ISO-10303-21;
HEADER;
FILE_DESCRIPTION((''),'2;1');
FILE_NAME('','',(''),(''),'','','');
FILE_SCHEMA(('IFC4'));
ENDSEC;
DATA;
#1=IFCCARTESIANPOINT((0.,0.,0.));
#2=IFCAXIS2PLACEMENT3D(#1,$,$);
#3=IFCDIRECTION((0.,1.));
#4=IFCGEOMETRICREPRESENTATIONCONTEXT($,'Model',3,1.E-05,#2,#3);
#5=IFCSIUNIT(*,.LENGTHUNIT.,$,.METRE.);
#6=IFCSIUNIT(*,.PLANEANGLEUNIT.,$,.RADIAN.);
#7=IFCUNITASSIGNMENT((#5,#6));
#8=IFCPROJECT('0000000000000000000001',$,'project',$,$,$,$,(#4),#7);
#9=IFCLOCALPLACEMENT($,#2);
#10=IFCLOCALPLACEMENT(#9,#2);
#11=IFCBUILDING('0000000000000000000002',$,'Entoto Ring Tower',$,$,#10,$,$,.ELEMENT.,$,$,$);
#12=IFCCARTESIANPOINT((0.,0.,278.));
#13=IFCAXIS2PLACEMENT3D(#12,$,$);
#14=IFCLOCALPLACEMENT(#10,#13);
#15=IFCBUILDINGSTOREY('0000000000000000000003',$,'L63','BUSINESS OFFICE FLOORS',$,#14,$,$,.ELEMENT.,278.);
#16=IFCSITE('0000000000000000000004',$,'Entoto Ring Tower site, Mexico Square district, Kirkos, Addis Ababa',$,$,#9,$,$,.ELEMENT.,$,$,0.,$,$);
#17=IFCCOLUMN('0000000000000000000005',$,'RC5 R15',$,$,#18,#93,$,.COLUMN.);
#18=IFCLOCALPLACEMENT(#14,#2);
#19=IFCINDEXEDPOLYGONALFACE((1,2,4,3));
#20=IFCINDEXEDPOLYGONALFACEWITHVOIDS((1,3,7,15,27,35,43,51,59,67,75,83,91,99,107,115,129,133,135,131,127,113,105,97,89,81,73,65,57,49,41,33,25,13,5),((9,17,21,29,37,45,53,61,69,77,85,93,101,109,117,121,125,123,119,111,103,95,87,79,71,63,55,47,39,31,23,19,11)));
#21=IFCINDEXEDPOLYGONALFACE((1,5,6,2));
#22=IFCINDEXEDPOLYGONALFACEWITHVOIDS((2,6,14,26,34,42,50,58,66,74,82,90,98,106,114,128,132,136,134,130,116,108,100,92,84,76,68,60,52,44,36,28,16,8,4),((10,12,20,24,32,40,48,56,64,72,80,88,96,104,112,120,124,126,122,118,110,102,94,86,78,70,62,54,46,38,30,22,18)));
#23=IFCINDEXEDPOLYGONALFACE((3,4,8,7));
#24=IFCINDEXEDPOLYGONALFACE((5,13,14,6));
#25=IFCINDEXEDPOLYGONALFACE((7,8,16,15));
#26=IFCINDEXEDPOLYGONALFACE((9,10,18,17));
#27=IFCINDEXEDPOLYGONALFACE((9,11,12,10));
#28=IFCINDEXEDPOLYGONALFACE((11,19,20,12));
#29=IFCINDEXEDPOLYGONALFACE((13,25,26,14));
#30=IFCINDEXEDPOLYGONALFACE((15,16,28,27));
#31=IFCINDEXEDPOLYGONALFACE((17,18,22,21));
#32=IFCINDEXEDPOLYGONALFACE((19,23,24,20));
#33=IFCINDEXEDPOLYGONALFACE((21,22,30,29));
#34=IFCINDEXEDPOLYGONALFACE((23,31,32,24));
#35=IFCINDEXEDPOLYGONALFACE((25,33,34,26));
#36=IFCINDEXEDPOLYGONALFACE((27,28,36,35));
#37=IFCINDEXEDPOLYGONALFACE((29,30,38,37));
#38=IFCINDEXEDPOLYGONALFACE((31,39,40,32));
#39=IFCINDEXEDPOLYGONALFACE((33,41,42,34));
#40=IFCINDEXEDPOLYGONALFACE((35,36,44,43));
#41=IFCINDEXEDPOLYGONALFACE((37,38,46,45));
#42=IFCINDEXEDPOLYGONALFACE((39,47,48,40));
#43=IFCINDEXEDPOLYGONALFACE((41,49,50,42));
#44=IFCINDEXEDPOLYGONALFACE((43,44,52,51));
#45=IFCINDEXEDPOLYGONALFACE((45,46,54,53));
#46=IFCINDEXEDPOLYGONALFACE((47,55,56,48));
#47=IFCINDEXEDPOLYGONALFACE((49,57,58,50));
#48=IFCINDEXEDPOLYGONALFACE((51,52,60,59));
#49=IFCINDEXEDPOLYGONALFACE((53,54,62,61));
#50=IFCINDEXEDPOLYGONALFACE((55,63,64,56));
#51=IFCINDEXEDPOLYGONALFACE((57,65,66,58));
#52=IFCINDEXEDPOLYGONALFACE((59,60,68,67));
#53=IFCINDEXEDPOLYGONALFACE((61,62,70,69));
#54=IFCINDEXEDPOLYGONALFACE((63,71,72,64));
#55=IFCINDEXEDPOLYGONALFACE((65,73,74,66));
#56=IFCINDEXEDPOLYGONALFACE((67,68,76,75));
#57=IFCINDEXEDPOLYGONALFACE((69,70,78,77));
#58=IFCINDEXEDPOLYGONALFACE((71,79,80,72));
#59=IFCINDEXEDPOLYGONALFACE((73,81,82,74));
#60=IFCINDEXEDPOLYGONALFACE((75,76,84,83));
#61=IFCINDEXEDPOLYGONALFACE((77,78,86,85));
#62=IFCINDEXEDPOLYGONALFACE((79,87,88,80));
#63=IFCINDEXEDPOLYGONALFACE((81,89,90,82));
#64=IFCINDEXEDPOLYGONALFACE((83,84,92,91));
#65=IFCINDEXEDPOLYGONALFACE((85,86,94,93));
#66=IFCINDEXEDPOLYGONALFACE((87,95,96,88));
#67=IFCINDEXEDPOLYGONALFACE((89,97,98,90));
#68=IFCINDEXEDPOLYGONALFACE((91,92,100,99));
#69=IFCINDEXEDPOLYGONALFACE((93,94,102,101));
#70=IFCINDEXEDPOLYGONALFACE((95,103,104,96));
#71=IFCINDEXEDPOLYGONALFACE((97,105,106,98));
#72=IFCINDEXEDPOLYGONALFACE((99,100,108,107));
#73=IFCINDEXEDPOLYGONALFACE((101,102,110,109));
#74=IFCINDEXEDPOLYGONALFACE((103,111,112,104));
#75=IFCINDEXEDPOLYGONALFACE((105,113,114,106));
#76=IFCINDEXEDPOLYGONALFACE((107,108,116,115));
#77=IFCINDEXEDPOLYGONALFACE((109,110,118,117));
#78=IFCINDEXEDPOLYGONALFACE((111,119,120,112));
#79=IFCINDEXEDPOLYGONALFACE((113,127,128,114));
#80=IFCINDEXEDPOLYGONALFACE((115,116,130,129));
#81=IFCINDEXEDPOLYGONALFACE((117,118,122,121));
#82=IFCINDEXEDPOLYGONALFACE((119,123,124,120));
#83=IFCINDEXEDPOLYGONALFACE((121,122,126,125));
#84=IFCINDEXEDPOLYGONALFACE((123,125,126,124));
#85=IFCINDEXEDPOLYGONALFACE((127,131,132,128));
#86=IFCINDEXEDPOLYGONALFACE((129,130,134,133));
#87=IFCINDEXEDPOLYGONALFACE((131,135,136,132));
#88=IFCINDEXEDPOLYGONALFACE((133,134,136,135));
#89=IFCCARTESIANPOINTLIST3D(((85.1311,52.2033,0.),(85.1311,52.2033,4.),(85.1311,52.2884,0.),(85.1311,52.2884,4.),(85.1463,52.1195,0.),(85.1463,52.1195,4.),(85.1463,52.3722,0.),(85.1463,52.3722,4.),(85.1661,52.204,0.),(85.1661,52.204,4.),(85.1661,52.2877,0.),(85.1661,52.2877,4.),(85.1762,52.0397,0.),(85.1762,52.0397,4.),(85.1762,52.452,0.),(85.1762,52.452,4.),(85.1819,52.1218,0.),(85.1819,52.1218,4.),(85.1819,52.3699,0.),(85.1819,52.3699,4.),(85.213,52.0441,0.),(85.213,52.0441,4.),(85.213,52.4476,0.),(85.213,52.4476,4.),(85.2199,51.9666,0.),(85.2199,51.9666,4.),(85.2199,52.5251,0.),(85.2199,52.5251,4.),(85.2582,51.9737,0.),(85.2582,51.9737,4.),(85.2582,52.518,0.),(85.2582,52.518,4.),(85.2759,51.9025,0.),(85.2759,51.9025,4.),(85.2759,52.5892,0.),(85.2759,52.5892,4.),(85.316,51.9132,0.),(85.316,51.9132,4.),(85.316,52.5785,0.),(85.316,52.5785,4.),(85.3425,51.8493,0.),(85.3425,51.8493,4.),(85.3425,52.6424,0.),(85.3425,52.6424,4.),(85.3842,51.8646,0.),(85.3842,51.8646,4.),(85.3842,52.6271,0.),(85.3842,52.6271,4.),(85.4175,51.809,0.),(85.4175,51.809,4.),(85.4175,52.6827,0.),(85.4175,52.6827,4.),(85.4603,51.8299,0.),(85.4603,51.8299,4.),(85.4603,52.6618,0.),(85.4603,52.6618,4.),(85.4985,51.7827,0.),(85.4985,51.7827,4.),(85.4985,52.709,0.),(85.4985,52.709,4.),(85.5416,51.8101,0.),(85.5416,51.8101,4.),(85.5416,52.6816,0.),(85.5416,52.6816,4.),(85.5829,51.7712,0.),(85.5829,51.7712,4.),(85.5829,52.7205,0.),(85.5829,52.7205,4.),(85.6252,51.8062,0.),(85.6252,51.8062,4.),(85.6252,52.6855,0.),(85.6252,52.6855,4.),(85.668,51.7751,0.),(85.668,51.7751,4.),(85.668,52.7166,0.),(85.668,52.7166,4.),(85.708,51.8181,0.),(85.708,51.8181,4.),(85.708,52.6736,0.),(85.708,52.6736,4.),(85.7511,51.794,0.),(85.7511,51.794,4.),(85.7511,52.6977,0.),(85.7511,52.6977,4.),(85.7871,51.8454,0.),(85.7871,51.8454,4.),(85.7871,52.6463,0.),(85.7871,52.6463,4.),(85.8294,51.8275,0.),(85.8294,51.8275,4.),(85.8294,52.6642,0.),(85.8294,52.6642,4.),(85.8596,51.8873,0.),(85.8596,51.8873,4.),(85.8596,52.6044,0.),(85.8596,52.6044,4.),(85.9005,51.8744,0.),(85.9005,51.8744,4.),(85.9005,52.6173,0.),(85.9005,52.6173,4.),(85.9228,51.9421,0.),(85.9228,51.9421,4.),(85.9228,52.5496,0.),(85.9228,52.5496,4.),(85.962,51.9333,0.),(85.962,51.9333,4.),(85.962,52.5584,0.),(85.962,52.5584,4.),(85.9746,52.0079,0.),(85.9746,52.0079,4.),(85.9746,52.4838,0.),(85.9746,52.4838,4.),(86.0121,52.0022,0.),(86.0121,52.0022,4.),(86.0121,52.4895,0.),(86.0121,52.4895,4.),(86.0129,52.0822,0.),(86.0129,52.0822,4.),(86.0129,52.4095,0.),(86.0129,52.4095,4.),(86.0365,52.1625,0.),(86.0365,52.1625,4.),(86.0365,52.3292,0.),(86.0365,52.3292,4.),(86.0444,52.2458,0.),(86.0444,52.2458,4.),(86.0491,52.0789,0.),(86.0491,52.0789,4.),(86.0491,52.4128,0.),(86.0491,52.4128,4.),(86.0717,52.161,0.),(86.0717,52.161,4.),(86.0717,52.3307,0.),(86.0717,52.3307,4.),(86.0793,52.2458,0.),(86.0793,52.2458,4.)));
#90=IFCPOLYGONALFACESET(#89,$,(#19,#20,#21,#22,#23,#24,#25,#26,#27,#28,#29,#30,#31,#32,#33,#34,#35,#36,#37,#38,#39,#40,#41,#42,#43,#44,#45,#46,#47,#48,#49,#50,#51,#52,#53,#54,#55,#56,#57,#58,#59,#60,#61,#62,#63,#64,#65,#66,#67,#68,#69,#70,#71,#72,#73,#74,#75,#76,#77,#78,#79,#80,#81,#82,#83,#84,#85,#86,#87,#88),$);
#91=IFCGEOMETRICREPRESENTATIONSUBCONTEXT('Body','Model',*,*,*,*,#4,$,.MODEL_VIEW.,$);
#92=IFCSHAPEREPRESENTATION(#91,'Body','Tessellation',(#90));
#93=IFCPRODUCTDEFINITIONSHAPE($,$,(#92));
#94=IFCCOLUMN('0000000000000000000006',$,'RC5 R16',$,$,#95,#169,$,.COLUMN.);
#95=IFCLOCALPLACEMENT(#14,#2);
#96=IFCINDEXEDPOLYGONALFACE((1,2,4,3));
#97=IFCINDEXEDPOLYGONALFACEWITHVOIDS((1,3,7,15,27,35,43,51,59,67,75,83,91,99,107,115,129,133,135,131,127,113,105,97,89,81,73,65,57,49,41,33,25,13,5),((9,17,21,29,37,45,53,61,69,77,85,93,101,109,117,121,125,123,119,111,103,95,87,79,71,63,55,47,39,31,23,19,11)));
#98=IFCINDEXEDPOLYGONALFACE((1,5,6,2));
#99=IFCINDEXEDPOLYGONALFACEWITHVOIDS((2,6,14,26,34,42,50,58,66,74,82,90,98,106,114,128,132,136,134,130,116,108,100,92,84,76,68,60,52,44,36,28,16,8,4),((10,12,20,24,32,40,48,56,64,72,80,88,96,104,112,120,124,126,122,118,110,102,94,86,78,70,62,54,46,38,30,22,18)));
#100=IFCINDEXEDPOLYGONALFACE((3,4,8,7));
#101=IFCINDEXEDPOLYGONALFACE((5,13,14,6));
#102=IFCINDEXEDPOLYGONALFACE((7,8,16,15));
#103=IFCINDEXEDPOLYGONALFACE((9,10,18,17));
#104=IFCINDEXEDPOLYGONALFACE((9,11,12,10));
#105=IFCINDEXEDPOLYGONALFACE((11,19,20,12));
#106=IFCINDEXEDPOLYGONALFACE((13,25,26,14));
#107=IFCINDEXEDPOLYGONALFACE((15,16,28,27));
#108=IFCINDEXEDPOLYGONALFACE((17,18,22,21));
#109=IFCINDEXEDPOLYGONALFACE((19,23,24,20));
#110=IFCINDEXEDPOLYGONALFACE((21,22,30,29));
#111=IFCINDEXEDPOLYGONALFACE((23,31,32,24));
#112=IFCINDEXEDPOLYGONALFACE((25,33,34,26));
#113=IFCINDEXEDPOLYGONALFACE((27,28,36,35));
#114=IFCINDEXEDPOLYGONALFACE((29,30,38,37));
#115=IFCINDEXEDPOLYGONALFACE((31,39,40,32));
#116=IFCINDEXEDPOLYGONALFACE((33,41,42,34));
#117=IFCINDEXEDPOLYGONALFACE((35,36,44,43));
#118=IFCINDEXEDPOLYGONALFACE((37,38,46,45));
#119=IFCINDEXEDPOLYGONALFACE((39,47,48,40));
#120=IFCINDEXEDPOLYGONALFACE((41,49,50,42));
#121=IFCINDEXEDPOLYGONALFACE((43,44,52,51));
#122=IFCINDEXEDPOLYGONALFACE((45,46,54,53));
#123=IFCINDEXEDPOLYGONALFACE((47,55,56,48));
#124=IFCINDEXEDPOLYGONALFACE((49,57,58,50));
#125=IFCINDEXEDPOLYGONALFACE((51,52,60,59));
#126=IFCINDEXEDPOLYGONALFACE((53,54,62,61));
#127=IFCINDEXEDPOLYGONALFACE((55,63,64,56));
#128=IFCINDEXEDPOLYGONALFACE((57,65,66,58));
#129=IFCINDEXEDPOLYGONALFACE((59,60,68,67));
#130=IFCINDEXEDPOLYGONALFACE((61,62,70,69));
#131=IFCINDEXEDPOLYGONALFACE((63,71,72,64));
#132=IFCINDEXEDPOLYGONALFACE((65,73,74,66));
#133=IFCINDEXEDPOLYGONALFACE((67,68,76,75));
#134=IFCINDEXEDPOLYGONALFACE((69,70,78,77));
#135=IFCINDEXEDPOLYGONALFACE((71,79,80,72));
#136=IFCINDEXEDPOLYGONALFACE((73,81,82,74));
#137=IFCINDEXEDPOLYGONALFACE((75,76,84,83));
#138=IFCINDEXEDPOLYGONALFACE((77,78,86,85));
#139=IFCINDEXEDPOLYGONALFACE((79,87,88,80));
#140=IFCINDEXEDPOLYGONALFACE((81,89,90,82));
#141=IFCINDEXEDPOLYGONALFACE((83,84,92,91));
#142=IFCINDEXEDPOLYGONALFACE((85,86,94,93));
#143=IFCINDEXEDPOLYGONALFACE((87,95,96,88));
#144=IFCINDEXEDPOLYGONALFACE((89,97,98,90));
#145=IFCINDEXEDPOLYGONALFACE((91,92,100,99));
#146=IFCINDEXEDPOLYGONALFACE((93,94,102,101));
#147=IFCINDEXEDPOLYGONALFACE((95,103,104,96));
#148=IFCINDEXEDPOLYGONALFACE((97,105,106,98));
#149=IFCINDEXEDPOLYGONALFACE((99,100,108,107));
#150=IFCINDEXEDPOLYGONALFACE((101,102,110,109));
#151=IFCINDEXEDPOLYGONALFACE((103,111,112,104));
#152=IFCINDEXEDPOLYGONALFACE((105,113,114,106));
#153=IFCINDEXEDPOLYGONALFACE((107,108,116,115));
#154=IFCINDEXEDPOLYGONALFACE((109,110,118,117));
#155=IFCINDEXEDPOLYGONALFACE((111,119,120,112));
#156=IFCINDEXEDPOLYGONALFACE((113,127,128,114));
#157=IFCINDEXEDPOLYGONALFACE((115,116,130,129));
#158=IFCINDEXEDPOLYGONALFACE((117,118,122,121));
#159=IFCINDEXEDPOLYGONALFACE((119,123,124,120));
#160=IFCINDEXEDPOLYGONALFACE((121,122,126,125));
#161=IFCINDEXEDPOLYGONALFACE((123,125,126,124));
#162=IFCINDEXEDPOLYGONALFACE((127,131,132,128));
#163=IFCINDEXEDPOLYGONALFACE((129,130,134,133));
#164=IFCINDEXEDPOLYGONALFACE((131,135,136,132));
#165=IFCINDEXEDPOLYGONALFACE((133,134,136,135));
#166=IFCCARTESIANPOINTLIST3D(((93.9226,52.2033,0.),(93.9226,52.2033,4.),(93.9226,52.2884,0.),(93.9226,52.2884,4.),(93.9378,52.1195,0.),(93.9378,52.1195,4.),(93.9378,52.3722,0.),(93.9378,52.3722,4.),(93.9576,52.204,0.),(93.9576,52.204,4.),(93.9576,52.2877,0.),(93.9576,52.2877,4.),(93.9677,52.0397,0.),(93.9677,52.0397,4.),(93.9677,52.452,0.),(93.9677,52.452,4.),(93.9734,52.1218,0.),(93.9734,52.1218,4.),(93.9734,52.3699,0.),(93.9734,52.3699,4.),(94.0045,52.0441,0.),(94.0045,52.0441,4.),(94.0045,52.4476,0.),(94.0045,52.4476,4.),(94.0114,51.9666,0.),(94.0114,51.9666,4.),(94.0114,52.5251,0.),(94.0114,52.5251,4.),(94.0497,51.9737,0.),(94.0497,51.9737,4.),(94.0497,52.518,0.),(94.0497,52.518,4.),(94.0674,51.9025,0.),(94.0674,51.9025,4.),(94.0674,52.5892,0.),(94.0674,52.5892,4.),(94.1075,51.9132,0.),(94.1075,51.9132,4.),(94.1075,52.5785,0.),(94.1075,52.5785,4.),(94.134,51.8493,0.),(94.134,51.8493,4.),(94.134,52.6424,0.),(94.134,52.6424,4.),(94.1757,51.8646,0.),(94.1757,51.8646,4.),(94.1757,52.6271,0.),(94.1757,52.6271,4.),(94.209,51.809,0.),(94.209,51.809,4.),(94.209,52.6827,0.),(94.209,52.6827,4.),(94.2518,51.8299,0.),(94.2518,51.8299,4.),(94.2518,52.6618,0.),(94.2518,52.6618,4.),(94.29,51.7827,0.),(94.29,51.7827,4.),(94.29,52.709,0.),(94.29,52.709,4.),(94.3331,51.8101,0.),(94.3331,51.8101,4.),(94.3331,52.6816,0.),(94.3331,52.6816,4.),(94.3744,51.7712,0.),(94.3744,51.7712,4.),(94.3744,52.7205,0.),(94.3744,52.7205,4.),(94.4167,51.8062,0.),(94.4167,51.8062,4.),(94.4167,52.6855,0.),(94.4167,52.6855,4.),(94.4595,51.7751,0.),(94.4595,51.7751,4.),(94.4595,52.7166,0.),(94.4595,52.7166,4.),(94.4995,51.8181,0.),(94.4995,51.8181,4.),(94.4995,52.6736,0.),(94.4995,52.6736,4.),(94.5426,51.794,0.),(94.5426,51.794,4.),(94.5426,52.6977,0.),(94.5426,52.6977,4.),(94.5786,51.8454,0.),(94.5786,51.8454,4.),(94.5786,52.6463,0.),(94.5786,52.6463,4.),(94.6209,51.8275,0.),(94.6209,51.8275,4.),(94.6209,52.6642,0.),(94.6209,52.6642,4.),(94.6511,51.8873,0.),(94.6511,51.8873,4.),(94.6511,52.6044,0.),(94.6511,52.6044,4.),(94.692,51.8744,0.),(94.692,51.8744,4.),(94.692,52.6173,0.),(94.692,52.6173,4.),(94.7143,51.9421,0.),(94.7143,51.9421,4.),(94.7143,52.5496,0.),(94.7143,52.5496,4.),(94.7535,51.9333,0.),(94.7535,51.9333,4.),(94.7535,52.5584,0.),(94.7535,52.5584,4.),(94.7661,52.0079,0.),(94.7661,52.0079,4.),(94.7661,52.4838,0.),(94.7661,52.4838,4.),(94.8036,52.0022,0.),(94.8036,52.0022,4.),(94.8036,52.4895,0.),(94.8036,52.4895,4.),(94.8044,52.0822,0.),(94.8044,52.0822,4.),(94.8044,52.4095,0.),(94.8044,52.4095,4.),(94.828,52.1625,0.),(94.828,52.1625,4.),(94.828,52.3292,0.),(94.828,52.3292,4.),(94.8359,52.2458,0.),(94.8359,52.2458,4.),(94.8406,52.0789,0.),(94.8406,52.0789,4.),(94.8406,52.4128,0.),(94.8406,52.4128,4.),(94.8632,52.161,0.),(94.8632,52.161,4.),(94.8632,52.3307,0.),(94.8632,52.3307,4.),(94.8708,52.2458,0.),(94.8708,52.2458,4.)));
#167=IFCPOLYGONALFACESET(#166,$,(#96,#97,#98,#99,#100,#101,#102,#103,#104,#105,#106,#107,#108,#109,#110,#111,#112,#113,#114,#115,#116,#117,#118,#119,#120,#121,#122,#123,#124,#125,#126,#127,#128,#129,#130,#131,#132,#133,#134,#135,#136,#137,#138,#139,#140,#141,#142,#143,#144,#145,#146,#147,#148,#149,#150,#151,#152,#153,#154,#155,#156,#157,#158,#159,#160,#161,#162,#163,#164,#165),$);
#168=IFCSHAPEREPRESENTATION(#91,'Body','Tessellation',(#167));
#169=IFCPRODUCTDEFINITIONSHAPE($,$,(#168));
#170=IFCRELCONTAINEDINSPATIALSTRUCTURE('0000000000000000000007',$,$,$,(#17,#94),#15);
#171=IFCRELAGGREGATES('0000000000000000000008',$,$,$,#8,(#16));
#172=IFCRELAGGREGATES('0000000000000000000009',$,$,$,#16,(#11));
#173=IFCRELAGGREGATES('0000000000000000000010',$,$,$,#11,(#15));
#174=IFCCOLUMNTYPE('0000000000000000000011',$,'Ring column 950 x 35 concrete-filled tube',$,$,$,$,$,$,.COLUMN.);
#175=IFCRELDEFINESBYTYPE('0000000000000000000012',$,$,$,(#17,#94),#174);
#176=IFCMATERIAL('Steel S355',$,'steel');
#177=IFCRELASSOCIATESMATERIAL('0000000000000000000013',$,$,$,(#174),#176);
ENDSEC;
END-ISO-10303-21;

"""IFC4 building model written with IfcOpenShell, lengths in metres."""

from ifc_helpers import new_model, si_unit, direction, frame, origin, origin_2d, place, context, subcontext, project, spatial, circle, hollow_circle, extrude, material, material_profile, profile_set, type_object, element, save


model = new_model("IFC4")

# Units and contexts
model_context = context("Model", 3, precision=1e-05, world=origin(), true_north=direction((0.0, 1.0)))
body_context = subcontext(model_context, "Body", "Model", "MODEL_VIEW")
ifc_project = project(units=[si_unit("LENGTHUNIT", "METRE"), si_unit("PLANEANGLEUNIT", "RADIAN")], contexts=[model_context])

# Site, building, storey
site_placement = place(None, origin())
site = spatial("IfcSite", under=ifc_project, at=site_placement, Name="Entoto Ring Tower site, Mexico Square district, Kirkos, Addis Ababa", CompositionType="ELEMENT", RefElevation=0.0)
building_placement = place(site_placement, origin())
building = spatial("IfcBuilding", under=site, at=building_placement, Name="Entoto Ring Tower", CompositionType="ELEMENT")
storey_placement = place(building_placement, frame((0.0, 0.0, 278.0)))
storey = spatial("IfcBuildingStorey", under=building, at=storey_placement, Name="L63", Description="BUSINESS OFFICE FLOORS", CompositionType="ELEMENT", Elevation=278.0)

# Columns
ifc_material_1 = material(Name="Steel S355", Category="steel")
ifc_material_profile_1 = material_profile(ifc_material_1, hollow_circle(Radius=0.4751, WallThickness=0.0349, at=origin_2d()), Name="CHS 950 x 35")
ifc_material_2 = material(Name="Concrete C60/75", Category="concrete")
ifc_material_profile_2 = material_profile(ifc_material_2, circle(Radius=0.4399, at=origin_2d()), Name="Concrete C60/75 infill")
ifc_profile_set_1 = profile_set([ifc_material_profile_1, ifc_material_profile_2], Name="Steel S355")
column_type = type_object("IfcColumnType", Name="Ring column 950 x 35 concrete-filled tube", PredefinedType="COLUMN", material=ifc_profile_set_1)
for number, where, z_axis, x_axis, name in (
    (1, (85.6042, 52.2458, 0.0), (0.0, 0.0, 1.0), (1.0, 0.0, 0.0), "RC5 R15"),
    (2, (94.3958, 52.2458, 0.0), (0.0, 0.0, 1.0), (1.0, 0.0, 0.0), "RC5 R16"),
):
    element("IfcColumn", number, at=place(storey_placement, frame(where, z_axis=z_axis, x_axis=x_axis)), inside=storey, type_object=column_type, Name=name, PredefinedType="COLUMN", context=body_context, shape_type="SweptSolid", body=[
        extrude(hollow_circle(Radius=0.4751, WallThickness=0.0349, at=origin_2d()), origin(), (0.0, 0.0, 1.0), 4.0),
    ])

save(model, "model.ifc")
